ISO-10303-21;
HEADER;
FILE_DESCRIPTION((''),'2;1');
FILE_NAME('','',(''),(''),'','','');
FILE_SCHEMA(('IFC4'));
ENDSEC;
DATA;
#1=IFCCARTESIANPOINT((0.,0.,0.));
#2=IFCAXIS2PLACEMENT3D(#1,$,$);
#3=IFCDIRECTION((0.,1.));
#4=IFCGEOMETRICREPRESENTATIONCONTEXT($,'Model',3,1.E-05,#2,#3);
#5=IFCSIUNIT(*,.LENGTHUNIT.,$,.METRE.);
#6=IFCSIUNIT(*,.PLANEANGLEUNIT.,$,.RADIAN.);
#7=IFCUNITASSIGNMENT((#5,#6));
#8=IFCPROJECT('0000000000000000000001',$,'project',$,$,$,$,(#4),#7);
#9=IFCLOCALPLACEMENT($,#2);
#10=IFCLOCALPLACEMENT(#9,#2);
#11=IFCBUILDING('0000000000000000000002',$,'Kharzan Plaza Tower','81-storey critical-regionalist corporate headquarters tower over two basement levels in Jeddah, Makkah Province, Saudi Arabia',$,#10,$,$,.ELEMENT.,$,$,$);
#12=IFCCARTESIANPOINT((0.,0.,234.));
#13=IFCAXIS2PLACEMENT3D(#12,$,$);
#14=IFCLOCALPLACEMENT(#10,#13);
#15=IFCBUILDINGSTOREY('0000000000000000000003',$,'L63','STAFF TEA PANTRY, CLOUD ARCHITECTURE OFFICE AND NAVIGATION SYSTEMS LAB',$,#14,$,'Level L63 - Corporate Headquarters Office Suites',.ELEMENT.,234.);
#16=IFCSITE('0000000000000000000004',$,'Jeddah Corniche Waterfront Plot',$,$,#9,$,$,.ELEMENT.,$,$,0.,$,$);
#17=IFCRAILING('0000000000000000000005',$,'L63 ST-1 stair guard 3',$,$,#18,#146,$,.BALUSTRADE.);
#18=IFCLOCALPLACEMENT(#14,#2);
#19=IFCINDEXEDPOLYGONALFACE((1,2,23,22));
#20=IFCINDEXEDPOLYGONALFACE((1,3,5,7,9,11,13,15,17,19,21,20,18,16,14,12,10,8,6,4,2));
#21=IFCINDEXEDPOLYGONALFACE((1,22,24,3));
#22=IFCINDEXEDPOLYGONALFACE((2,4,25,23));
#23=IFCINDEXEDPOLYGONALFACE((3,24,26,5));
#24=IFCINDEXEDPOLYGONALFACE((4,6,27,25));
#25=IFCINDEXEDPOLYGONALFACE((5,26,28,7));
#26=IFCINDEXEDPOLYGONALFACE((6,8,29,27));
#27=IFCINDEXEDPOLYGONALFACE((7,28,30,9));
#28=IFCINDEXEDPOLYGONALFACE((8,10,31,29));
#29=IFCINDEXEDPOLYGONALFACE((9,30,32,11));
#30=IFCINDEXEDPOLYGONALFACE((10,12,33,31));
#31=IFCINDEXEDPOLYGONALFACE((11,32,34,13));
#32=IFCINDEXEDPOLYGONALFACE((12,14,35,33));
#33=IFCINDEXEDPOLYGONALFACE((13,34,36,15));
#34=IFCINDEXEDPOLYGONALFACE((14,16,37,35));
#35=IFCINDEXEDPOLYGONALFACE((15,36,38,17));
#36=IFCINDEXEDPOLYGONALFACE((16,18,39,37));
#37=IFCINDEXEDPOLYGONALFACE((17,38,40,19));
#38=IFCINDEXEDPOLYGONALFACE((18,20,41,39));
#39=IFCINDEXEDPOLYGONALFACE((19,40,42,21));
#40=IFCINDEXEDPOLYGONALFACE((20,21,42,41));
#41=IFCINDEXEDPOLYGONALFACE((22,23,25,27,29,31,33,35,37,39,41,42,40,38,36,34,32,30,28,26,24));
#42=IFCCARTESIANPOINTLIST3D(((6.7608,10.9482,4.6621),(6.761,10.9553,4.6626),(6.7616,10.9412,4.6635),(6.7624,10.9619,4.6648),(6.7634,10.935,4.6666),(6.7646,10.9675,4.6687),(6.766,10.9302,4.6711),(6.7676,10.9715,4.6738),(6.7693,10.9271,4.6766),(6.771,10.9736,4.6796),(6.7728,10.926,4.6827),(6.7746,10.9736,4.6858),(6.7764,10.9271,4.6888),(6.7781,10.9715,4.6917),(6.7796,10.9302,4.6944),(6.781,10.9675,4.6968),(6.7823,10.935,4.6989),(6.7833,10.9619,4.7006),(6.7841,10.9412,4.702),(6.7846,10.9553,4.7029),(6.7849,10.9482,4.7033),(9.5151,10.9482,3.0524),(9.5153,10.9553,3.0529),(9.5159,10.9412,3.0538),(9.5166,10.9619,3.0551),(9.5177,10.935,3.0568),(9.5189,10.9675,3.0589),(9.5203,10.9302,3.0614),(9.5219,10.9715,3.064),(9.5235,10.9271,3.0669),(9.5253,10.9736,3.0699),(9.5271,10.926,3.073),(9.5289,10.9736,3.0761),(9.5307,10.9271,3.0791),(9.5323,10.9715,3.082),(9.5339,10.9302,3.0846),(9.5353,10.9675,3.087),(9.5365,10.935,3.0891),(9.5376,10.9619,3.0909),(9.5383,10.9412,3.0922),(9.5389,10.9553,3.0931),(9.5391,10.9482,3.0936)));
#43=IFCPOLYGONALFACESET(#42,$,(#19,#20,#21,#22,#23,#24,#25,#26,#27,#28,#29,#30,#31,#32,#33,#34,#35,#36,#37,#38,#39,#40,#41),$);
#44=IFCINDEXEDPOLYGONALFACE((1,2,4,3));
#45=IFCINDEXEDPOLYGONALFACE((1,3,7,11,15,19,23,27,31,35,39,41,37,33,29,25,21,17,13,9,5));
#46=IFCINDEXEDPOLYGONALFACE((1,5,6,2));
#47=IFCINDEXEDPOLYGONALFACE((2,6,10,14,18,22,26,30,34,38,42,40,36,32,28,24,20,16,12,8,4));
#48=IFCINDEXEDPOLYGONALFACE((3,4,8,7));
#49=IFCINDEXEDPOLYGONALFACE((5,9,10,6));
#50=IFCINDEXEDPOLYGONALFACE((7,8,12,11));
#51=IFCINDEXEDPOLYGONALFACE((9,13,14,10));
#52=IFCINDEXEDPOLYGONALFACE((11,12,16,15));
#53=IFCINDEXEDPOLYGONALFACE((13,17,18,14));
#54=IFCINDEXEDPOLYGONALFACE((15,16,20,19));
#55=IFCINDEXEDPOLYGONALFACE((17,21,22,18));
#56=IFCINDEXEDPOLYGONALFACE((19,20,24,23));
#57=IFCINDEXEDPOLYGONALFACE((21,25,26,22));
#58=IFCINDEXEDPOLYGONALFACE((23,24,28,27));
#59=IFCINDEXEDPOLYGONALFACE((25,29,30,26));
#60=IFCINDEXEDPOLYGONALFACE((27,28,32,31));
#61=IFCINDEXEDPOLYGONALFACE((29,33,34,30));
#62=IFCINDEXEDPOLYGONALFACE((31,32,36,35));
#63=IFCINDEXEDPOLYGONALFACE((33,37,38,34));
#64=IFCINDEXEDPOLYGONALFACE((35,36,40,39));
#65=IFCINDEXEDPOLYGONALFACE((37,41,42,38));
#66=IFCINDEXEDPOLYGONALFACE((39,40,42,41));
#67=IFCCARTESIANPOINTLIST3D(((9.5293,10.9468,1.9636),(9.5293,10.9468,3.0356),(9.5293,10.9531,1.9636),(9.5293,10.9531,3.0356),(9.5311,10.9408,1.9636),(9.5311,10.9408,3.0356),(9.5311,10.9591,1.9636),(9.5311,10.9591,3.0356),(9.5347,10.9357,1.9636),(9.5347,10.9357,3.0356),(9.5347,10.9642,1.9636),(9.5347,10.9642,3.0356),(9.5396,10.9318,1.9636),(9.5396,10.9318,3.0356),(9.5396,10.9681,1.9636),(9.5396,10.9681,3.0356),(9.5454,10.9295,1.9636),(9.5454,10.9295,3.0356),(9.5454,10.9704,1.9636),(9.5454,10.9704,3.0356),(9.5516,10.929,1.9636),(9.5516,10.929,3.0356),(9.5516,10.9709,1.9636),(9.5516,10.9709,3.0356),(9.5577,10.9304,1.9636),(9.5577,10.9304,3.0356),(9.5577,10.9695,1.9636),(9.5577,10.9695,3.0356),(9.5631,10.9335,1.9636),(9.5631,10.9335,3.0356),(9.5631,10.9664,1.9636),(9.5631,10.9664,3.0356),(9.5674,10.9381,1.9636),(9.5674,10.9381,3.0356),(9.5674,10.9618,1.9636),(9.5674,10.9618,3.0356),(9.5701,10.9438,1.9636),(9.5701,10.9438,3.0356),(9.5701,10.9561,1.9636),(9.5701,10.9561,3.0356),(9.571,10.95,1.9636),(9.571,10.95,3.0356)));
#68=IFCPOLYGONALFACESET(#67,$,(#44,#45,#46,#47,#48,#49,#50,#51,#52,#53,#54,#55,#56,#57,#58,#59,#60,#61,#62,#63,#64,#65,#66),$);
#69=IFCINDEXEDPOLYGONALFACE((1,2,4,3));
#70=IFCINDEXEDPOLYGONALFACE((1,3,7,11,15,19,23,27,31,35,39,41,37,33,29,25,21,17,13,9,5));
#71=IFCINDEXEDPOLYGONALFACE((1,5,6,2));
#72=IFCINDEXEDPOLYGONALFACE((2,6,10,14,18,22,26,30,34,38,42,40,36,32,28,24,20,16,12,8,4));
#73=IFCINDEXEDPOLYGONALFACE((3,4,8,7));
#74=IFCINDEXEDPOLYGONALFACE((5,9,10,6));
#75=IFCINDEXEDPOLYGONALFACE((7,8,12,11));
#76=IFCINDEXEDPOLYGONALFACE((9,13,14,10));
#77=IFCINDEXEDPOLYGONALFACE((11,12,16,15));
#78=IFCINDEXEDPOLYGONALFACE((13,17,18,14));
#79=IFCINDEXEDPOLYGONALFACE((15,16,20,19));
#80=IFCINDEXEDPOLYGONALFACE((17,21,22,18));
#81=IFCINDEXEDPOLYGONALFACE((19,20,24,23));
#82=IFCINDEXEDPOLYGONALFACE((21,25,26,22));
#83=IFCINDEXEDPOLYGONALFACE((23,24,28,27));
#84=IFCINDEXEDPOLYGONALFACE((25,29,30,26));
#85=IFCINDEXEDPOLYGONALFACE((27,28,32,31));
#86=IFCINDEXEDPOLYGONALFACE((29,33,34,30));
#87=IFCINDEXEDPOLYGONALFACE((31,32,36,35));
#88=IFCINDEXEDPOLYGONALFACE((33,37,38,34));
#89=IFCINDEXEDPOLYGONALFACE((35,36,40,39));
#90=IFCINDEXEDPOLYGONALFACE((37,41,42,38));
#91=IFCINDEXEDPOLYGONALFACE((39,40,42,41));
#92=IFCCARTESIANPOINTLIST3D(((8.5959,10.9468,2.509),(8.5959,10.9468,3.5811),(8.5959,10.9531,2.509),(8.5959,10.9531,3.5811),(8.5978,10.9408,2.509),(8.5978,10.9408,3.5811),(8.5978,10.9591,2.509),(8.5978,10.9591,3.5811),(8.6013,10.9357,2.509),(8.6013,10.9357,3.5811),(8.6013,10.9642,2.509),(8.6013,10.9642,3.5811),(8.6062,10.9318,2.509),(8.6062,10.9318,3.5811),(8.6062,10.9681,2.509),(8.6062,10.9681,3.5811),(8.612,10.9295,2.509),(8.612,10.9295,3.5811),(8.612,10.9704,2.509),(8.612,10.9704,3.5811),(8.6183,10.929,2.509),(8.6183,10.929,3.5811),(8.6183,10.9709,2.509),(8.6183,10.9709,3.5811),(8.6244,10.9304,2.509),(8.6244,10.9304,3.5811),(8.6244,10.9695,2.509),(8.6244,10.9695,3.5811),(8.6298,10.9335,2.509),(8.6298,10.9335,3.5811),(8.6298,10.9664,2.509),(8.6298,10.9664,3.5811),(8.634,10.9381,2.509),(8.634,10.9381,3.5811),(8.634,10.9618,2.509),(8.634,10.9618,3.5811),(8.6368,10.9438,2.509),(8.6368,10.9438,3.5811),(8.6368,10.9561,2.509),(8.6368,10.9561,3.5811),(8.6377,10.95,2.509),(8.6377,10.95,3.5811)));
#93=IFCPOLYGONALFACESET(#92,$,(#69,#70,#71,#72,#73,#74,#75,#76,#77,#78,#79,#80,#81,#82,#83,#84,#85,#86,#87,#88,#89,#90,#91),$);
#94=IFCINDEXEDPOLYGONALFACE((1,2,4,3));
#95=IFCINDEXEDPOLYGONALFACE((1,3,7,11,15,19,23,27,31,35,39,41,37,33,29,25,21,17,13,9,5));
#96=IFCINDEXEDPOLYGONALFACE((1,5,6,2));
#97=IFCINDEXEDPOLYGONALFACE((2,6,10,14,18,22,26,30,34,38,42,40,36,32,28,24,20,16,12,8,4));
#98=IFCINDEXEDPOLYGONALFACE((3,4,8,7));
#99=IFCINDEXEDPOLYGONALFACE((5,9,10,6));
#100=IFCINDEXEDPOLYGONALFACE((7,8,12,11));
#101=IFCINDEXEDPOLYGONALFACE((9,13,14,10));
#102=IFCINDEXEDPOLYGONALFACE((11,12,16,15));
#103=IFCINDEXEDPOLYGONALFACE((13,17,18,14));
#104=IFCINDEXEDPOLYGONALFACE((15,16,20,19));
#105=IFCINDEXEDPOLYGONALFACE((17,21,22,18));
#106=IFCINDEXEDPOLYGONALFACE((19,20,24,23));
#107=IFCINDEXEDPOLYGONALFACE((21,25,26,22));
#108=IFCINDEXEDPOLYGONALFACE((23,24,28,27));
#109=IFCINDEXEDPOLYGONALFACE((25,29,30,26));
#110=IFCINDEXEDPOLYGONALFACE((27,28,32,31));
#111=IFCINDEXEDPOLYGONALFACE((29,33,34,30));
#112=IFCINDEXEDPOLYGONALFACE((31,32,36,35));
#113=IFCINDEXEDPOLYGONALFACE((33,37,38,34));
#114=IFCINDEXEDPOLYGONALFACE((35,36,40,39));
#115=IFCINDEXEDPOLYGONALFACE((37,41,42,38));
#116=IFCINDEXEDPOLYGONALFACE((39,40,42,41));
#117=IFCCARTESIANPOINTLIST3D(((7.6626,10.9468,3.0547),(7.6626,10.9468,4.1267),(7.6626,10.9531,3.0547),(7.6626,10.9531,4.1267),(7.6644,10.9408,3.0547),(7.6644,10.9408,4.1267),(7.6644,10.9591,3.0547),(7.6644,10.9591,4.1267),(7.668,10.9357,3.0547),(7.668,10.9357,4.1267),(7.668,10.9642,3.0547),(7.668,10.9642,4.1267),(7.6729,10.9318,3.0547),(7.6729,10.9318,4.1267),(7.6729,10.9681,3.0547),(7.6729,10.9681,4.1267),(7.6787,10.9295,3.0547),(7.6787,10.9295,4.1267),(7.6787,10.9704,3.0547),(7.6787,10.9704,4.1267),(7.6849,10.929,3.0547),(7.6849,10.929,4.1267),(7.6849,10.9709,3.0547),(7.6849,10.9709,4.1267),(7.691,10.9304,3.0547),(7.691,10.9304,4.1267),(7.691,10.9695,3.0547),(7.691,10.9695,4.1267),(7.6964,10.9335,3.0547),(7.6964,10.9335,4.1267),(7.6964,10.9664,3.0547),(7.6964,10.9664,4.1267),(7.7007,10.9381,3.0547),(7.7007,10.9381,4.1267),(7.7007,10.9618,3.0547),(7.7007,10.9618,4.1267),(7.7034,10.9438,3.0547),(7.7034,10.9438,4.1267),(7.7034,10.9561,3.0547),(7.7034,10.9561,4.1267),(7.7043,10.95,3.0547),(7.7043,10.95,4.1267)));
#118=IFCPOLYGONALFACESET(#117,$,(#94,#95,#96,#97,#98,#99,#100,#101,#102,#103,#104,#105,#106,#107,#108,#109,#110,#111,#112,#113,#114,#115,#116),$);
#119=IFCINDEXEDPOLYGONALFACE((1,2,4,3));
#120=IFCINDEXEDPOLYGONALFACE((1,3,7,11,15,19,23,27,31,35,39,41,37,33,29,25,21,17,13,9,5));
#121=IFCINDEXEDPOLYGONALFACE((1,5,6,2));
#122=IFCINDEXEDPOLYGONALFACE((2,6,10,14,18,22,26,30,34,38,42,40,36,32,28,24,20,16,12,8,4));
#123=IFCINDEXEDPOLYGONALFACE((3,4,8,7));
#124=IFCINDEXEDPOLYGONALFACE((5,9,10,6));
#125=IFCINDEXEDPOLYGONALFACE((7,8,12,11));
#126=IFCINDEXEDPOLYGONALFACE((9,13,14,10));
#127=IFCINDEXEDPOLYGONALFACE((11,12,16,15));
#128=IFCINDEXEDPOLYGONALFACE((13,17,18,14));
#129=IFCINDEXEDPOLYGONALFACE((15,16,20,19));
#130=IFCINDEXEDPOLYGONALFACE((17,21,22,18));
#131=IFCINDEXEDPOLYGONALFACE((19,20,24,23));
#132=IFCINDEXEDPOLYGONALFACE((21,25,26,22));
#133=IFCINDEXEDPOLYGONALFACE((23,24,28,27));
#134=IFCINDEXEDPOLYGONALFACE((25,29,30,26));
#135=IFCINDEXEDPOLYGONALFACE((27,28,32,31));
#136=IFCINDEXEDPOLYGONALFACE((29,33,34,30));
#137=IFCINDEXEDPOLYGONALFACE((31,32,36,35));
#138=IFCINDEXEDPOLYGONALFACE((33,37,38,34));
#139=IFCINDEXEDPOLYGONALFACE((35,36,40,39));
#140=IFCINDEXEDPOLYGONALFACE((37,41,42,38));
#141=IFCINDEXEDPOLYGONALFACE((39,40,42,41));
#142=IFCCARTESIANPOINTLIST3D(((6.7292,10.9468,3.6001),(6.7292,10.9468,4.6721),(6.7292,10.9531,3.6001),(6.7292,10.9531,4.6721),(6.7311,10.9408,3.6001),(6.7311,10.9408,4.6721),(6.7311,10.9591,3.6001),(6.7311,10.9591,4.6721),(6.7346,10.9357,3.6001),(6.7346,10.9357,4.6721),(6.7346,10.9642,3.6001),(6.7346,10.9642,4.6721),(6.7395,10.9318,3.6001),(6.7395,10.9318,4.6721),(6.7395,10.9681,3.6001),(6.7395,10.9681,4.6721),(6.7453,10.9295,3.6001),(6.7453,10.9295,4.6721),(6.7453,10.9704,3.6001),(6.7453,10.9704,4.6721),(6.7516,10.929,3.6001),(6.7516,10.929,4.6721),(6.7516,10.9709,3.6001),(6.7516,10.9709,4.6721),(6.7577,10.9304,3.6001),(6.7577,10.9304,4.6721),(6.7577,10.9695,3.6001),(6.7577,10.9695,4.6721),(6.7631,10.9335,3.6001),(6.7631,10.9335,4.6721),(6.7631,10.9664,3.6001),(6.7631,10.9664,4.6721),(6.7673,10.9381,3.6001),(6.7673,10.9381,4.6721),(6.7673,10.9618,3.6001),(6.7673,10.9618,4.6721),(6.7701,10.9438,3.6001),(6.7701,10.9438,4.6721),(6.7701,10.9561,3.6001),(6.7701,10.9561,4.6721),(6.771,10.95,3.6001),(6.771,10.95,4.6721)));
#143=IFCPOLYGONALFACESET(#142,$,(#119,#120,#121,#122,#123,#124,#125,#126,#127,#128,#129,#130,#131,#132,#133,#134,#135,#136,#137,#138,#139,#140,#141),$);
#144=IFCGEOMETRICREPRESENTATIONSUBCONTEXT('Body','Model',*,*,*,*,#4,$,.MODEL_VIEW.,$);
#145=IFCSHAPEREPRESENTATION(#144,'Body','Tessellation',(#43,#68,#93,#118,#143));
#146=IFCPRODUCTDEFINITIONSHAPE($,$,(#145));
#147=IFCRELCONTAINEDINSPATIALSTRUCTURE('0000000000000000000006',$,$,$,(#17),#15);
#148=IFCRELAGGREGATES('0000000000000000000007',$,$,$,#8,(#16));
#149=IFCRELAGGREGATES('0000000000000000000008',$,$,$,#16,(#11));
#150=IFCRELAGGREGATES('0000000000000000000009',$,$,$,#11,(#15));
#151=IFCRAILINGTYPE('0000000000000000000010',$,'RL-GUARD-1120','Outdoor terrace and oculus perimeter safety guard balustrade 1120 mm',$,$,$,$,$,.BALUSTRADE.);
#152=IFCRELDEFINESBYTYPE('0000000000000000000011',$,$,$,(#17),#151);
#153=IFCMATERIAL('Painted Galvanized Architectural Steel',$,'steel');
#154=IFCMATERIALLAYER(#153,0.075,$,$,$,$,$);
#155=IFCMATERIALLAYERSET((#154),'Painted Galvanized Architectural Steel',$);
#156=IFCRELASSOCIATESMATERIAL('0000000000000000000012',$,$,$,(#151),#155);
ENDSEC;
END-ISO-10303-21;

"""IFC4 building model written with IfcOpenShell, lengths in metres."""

from ifc_helpers import new_model, si_unit, direction, frame, origin, origin_2d, place, context, subcontext, project, spatial, circle, extrude, source, transform, mapped, material, layer, layer_set, type_object, element, save


model = new_model("IFC4")

# Units and contexts
model_context = context("Model", 3, precision=1e-05, world=origin(), true_north=direction((0.0, 1.0)))
body_context = subcontext(model_context, "Body", "Model", "MODEL_VIEW")
ifc_project = project(units=[si_unit("LENGTHUNIT", "METRE"), si_unit("PLANEANGLEUNIT", "RADIAN")], contexts=[model_context])

# Site, building, storey
site_placement = place(None, origin())
site = spatial("IfcSite", under=ifc_project, at=site_placement, Name="Jeddah Corniche Waterfront Plot", CompositionType="ELEMENT", RefElevation=0.0)
building_placement = place(site_placement, origin())
building = spatial("IfcBuilding", under=site, at=building_placement, Name="Kharzan Plaza Tower", Description="81-storey critical-regionalist corporate headquarters tower over two basement levels in Jeddah, Makkah Province, Saudi Arabia", CompositionType="ELEMENT")
storey_placement = place(building_placement, frame((0.0, 0.0, 234.0)))
storey = spatial("IfcBuildingStorey", under=building, at=storey_placement, Name="L63", Description="STAFF TEA PANTRY, CLOUD ARCHITECTURE OFFICE AND NAVIGATION SYSTEMS LAB", LongName="Level L63 - Corporate Headquarters Office Suites", CompositionType="ELEMENT", Elevation=234.0)

# Railing
ifc_material_1 = material(Name="Painted Galvanized Architectural Steel", Category="steel")
ifc_layer_1 = layer(ifc_material_1, 0.075)
ifc_layer_set_1 = layer_set([ifc_layer_1], Name="Painted Galvanized Architectural Steel")
railing_type_1 = type_object("IfcRailingType", Name="RL-GUARD-1120", Description="Outdoor terrace and oculus perimeter safety guard balustrade 1120 mm", PredefinedType="BALUSTRADE", material=ifc_layer_set_1)
shared_shape_1 = source(origin(), body_context, "Body", "SweptSolid", [
    extrude(circle(Radius=0.0239, at=origin_2d()), frame((-0.0229, 0.0, 1.1094), z_axis=(-0.863361, 0.0, 0.504587), x_axis=(0.0, -1.0, 0.0)), (0.0, 0.0, 1.0), 3.1902),
    extrude(circle(Radius=0.021, at=origin_2d()), origin(), (0.0, 0.0, 1.0), 1.072),
    extrude(circle(Radius=0.021, at=origin_2d()), frame((-0.9333, 0.0, 0.5454)), (0.0, 0.0, 1.0), 1.072),
    extrude(circle(Radius=0.021, at=origin_2d()), frame((-1.8667, 0.0, 1.0911)), (0.0, 0.0, 1.0), 1.072),
    extrude(circle(Radius=0.021, at=origin_2d()), frame((-2.8, 0.0, 1.6365)), (0.0, 0.0, 1.0), 1.072),
])
railing_1_placement = place(storey_placement, frame((9.55, 10.95, 1.9636)))
element("IfcRailing", 1, at=railing_1_placement, inside=storey, type_object=railing_type_1, Name="L63 ST-1 stair guard 3", PredefinedType="BALUSTRADE", context=body_context, shape_type="MappedRepresentation", body=[
    mapped(shared_shape_1, transform((0.0, 0.0, 0.0), x_axis=(1.0, 0.0, 0.0), y_axis=(0.0, 1.0, 0.0), z_axis=(0.0, 0.0, 1.0))),
])

save(model, "model.ifc")
